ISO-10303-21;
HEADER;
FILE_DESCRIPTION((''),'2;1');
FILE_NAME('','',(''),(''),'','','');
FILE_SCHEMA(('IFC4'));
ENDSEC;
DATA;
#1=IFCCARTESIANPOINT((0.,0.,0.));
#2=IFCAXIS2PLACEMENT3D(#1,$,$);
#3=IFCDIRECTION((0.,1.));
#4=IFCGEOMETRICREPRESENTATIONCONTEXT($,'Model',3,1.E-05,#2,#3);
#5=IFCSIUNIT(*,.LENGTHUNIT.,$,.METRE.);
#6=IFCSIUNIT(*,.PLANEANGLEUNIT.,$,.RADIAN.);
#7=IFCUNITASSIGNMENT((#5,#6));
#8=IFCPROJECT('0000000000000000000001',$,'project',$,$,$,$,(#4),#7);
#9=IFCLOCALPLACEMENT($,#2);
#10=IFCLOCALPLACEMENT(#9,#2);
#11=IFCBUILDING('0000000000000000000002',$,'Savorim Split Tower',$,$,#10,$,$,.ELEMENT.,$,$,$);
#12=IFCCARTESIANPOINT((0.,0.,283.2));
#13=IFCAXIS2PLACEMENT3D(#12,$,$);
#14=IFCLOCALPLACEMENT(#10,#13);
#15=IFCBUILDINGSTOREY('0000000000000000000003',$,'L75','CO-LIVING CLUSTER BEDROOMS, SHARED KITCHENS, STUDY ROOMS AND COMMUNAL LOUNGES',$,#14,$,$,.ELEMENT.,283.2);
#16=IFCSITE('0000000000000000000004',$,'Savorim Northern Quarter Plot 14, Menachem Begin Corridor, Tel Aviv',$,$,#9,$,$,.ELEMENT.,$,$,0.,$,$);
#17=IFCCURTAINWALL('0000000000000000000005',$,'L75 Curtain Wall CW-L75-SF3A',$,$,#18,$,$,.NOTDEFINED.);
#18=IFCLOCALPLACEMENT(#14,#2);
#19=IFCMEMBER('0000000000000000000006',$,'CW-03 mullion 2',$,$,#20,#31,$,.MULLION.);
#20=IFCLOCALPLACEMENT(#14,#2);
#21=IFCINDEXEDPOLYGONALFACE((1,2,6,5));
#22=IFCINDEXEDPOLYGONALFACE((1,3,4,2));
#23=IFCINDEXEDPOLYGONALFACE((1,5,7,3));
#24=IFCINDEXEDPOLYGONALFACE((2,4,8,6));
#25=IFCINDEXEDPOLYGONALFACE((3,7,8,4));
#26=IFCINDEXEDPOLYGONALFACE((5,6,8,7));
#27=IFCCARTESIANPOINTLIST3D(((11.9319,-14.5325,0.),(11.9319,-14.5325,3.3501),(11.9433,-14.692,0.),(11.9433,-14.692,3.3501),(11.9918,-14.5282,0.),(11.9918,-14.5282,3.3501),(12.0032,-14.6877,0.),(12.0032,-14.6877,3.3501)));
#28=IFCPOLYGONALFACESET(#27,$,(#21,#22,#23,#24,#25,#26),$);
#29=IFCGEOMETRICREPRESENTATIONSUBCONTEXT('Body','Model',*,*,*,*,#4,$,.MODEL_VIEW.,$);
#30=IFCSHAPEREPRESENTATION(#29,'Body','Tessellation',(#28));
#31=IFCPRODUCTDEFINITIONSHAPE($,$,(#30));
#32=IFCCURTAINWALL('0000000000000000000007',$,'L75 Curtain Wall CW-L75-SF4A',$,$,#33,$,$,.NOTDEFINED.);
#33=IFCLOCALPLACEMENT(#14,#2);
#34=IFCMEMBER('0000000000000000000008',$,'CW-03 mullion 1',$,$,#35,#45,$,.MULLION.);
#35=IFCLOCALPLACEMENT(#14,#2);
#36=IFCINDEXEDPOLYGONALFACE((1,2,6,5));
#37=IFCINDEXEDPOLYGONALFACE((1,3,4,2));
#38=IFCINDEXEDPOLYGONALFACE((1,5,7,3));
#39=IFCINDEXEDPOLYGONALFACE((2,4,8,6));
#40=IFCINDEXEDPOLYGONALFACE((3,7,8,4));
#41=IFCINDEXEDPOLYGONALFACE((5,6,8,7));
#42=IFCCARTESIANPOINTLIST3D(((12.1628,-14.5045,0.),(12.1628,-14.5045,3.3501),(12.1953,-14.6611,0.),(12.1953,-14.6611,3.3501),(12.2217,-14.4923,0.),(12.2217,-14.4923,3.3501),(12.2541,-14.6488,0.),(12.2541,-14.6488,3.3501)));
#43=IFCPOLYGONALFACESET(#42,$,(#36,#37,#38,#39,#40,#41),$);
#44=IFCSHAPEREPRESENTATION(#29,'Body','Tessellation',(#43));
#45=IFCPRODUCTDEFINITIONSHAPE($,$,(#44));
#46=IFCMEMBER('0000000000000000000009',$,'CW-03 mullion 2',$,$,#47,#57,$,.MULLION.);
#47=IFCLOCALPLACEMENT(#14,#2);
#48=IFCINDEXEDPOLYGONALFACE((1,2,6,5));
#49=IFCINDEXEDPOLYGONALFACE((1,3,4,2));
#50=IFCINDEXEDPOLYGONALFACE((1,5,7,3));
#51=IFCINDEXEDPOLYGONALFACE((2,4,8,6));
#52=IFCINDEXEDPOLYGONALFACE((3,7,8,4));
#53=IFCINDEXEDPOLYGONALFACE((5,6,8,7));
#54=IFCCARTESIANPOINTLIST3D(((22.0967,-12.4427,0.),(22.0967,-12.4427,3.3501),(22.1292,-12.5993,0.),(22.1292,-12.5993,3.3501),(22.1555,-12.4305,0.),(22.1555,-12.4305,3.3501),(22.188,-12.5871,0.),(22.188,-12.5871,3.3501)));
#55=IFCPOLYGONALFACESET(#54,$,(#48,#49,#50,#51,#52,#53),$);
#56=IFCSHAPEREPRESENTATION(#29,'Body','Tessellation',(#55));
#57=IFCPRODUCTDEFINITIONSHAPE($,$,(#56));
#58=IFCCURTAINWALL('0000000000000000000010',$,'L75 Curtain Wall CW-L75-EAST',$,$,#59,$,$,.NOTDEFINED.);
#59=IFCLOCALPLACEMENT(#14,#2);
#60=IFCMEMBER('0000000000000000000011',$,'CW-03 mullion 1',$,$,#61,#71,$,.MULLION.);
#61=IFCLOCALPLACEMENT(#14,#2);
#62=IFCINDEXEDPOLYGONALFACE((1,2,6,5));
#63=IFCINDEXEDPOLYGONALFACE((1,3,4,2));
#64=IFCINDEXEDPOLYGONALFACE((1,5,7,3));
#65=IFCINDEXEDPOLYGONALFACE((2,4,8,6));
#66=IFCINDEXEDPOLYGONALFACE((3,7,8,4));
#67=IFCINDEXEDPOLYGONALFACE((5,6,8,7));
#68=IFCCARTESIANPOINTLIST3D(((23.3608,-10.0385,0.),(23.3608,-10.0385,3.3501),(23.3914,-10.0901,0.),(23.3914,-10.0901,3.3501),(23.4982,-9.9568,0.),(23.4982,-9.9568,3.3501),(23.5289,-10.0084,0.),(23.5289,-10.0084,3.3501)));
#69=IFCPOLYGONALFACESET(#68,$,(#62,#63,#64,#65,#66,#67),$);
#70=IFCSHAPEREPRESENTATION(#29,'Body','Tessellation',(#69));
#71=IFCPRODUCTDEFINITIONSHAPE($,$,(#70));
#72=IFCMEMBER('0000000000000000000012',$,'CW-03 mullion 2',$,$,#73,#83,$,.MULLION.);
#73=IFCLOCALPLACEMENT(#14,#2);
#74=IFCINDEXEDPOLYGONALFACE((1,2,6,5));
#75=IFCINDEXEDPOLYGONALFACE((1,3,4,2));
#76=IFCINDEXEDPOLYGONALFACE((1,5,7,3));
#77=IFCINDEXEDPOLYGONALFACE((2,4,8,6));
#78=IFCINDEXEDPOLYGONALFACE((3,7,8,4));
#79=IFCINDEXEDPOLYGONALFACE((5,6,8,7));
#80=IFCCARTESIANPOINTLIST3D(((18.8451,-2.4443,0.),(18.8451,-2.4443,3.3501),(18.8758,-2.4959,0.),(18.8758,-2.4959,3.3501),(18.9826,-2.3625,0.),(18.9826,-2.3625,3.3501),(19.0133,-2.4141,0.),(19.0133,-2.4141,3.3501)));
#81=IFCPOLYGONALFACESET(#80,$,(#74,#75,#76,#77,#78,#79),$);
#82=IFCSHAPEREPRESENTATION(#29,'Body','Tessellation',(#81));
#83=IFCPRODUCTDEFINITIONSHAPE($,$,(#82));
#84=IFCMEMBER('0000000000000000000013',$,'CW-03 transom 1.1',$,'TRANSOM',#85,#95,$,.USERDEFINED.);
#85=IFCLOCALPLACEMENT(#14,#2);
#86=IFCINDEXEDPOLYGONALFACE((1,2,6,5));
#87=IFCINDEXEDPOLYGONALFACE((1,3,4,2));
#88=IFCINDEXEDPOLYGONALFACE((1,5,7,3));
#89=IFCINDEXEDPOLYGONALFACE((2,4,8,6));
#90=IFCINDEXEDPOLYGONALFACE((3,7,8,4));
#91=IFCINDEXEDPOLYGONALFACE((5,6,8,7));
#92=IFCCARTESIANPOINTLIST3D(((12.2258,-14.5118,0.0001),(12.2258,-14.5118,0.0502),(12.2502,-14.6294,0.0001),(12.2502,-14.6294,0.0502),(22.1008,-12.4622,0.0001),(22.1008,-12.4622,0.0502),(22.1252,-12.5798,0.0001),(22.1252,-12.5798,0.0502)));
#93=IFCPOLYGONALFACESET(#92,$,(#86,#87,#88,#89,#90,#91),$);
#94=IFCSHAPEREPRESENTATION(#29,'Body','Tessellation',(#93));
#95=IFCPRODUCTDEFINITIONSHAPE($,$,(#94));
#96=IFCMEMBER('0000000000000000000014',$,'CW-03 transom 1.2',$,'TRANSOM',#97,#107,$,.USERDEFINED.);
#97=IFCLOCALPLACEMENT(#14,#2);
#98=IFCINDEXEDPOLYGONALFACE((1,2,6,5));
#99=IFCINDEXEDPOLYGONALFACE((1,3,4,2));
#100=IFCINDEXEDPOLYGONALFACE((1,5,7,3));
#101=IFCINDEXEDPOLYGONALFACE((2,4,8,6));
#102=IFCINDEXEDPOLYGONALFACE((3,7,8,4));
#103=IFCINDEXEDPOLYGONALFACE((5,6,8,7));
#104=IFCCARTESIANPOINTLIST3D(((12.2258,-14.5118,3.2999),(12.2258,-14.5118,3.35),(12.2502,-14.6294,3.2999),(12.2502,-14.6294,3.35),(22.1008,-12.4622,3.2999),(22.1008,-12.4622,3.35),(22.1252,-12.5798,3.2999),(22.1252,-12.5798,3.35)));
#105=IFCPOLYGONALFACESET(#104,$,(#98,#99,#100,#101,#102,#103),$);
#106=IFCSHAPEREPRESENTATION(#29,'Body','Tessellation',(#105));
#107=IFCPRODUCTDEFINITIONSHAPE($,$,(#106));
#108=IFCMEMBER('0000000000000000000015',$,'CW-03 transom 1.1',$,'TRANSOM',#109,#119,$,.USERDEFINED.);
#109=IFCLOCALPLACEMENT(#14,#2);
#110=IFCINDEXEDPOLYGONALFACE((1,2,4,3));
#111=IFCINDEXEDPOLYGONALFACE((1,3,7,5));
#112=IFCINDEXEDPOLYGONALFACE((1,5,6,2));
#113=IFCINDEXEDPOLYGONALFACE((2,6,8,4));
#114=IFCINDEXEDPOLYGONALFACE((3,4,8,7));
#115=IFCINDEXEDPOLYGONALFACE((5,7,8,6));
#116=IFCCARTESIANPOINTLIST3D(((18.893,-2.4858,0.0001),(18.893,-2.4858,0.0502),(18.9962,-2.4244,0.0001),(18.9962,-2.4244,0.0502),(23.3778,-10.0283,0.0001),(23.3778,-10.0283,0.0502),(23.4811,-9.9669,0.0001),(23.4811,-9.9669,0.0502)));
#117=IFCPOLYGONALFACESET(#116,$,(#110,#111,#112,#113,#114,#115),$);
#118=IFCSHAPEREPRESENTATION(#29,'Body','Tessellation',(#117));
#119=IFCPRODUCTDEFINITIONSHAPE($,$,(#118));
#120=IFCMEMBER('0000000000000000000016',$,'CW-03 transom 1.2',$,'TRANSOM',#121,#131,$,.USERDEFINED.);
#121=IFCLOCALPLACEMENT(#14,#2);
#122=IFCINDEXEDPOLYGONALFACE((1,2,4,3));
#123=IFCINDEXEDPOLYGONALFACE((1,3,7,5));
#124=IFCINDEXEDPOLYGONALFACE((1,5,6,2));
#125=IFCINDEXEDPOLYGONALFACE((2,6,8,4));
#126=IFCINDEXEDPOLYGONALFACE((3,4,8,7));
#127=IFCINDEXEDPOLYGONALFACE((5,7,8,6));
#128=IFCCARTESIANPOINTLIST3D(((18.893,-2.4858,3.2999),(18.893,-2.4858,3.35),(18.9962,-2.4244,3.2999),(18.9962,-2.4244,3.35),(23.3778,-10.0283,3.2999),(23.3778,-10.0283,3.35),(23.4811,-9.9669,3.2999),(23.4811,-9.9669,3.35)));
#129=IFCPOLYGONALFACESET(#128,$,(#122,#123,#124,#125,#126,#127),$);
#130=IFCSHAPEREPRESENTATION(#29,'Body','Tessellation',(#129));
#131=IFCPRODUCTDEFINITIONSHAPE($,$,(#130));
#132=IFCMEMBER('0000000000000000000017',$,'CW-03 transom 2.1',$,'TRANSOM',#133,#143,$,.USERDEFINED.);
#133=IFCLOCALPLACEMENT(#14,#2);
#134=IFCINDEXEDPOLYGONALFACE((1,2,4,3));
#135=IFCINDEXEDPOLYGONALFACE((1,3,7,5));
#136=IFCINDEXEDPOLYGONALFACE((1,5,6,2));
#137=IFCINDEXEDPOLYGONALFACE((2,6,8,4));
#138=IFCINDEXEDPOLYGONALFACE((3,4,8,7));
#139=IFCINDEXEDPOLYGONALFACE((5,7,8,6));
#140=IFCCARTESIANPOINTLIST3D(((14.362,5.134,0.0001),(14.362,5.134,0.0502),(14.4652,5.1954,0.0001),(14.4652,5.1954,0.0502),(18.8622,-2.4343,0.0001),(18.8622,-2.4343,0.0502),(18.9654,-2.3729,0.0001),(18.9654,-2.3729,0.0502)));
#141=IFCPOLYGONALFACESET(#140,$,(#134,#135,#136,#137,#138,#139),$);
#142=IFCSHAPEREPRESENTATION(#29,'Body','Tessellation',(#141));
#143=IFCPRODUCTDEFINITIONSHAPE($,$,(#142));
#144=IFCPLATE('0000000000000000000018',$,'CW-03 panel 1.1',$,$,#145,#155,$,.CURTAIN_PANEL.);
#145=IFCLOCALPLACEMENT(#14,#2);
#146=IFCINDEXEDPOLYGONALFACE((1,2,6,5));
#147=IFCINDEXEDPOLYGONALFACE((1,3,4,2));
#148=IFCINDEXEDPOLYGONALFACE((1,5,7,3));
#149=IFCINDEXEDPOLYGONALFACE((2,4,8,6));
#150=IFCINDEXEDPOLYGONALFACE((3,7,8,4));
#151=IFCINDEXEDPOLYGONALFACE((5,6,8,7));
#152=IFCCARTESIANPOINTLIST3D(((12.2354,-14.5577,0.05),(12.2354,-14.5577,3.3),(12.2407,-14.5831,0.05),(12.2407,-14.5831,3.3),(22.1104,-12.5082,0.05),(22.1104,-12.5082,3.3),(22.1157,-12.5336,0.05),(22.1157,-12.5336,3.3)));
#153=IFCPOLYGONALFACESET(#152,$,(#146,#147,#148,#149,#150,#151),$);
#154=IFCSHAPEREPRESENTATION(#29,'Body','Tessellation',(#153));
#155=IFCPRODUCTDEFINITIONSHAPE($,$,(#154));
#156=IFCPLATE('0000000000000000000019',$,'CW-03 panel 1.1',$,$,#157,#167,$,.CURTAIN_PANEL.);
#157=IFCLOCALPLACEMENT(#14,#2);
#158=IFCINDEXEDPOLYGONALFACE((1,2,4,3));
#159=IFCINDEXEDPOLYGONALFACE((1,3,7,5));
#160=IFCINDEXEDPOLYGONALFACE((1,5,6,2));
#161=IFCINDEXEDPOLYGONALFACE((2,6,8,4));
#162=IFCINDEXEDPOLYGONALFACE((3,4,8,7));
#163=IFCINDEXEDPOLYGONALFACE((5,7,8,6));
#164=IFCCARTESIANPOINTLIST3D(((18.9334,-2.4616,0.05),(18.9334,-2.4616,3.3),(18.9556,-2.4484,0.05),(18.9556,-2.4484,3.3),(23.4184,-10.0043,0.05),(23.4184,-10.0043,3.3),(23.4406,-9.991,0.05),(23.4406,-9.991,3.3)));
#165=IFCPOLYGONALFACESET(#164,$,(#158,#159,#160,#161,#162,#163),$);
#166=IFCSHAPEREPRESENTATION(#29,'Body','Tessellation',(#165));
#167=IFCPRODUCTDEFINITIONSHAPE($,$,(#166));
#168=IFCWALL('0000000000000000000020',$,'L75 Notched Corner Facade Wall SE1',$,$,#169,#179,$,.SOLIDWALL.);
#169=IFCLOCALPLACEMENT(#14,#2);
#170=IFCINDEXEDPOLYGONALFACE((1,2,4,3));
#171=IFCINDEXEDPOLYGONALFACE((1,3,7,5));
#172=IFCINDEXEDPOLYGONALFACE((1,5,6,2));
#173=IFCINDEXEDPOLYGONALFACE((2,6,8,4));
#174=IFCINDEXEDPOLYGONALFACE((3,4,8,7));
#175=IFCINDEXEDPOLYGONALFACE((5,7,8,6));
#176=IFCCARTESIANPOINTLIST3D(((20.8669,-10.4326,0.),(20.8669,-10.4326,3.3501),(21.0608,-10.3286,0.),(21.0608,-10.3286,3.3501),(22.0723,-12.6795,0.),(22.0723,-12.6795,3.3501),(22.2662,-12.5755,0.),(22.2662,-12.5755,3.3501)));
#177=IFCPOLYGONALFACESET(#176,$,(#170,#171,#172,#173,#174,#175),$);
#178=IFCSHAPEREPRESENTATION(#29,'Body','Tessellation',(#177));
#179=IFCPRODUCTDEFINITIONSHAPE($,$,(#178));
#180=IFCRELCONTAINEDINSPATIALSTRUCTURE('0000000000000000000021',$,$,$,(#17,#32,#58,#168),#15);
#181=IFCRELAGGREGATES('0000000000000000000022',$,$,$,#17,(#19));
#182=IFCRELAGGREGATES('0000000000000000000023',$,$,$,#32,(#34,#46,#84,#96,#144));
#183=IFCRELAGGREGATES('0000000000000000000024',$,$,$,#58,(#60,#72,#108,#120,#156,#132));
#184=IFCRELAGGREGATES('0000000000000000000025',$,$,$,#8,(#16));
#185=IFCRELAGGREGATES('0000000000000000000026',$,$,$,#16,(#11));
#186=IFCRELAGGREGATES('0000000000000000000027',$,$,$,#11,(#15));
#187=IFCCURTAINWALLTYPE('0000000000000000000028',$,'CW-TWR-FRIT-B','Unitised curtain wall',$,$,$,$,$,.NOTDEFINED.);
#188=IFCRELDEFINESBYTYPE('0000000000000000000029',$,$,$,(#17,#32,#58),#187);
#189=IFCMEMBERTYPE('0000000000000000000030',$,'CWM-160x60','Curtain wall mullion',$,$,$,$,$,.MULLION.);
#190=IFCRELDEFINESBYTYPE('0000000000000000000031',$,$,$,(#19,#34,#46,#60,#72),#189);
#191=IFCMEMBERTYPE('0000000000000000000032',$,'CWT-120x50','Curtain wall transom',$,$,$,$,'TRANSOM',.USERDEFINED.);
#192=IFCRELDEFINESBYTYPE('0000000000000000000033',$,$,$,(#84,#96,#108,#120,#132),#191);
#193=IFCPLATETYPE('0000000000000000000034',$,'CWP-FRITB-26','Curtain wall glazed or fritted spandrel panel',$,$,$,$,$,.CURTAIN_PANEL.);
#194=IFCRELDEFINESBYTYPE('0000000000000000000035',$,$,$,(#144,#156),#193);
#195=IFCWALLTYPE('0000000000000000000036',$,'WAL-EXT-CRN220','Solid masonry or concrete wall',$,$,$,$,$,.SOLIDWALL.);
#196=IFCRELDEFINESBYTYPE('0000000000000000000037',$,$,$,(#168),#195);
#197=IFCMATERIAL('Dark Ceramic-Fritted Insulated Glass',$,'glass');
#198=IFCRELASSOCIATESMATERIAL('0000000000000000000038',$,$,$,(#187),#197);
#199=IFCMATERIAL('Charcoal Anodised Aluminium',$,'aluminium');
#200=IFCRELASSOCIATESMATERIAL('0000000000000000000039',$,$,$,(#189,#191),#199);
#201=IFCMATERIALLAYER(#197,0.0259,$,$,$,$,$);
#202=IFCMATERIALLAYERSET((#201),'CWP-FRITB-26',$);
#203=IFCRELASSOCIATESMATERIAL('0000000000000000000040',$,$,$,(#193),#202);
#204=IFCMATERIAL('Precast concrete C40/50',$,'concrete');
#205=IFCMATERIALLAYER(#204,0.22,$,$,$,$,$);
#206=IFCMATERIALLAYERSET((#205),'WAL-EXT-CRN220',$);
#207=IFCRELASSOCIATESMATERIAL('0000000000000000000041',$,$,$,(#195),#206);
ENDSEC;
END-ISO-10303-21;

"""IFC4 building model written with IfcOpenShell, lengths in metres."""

from ifc_helpers import new_model, si_unit, direction, frame, frame_2d, origin, origin_2d, place, context, subcontext, project, spatial, rectangle, extrude, material, layer, layer_set, material_profile, profile_set, type_object, element, aggregate, save


model = new_model("IFC4")

# Units and contexts
model_context = context("Model", 3, precision=1e-05, world=origin(), true_north=direction((0.0, 1.0)))
body_context = subcontext(model_context, "Body", "Model", "MODEL_VIEW")
ifc_project = project(units=[si_unit("LENGTHUNIT", "METRE"), si_unit("PLANEANGLEUNIT", "RADIAN")], contexts=[model_context])

# Site, building, storey
site_placement = place(None, origin())
site = spatial("IfcSite", under=ifc_project, at=site_placement, Name="Savorim Northern Quarter Plot 14, Menachem Begin Corridor, Tel Aviv", CompositionType="ELEMENT", RefElevation=0.0)
building_placement = place(site_placement, origin())
building = spatial("IfcBuilding", under=site, at=building_placement, Name="Savorim Split Tower", CompositionType="ELEMENT")
storey_placement = place(building_placement, frame((0.0, 0.0, 283.2)))
storey = spatial("IfcBuildingStorey", under=building, at=storey_placement, Name="L75", Description="CO-LIVING CLUSTER BEDROOMS, SHARED KITCHENS, STUDY ROOMS AND COMMUNAL LOUNGES", CompositionType="ELEMENT", Elevation=283.2)

# Curtain wall, member
ifc_material_1 = material(Name="Dark Ceramic-Fritted Insulated Glass", Category="glass")
curtain_wall_type = type_object("IfcCurtainWallType", Name="CW-TWR-FRIT-B", Description="Unitised curtain wall", PredefinedType="NOTDEFINED", material=ifc_material_1)
curtain_wall_1_placement = place(storey_placement, origin())
curtain_wall_1 = element("IfcCurtainWall", 1, at=curtain_wall_1_placement, inside=storey, type_object=curtain_wall_type, Name="L75 Curtain Wall CW-L75-SF3A", PredefinedType="NOTDEFINED")
ifc_material_2 = material(Name="Charcoal Anodised Aluminium", Category="aluminium")
ifc_material_profile_1 = material_profile(ifc_material_2, rectangle(XDim=0.1599, YDim=0.0601, at=origin_2d()), Name="ALU-M 160x60")
ifc_profile_set_1 = profile_set([ifc_material_profile_1], Name="Charcoal Anodised Aluminium")
member_type_1 = type_object("IfcMemberType", Name="CWM-160x60", Description="Curtain wall mullion", PredefinedType="MULLION", material=ifc_profile_set_1)
member_1_placement = place(storey_placement, frame((11.9675, -14.6101, 0.0), z_axis=(0.0, 0.0, 1.0), x_axis=(-0.07155, 0.997437, 0.0)))
member_1 = element("IfcMember", 2, at=member_1_placement, type_object=member_type_1, Name="CW-03 mullion 2", PredefinedType="MULLION", context=body_context, shape_type="SweptSolid", body=[
    extrude(rectangle(XDim=0.1599, YDim=0.0601, at=origin_2d()), origin(), (0.0, 0.0, 1.0), 3.3501),
])
aggregate(curtain_wall_1, [member_1])

# Curtain walls, members
curtain_wall_2_placement = place(storey_placement, origin())
curtain_wall_2 = element("IfcCurtainWall", 3, at=curtain_wall_2_placement, inside=storey, type_object=curtain_wall_type, Name="L75 Curtain Wall CW-L75-SF4A", PredefinedType="NOTDEFINED")
member_2_placement = place(storey_placement, frame((12.2085, -14.5767, 0.0), z_axis=(0.0, 0.0, 1.0), x_axis=(-0.203215, 0.979134, 0.0)))
member_2 = element("IfcMember", 4, at=member_2_placement, type_object=member_type_1, Name="CW-03 mullion 1", PredefinedType="MULLION", context=body_context, shape_type="SweptSolid", body=[
    extrude(rectangle(XDim=0.1599, YDim=0.0601, at=origin_2d()), origin(), (0.0, 0.0, 1.0), 3.3501),
])
member_3_placement = place(storey_placement, frame((22.1423, -12.5149, 0.0), z_axis=(0.0, 0.0, 1.0), x_axis=(-0.203215, 0.979134, 0.0)))
member_3 = element("IfcMember", 5, at=member_3_placement, type_object=member_type_1, Name="CW-03 mullion 2", PredefinedType="MULLION", context=body_context, shape_type="SweptSolid", body=[
    extrude(rectangle(XDim=0.1599, YDim=0.0601, at=origin_2d()), origin(), (0.0, 0.0, 1.0), 3.3501),
])
curtain_wall_3_placement = place(storey_placement, origin())
curtain_wall_3 = element("IfcCurtainWall", 6, at=curtain_wall_3_placement, inside=storey, type_object=curtain_wall_type, Name="L75 Curtain Wall CW-L75-EAST", PredefinedType="NOTDEFINED")
member_4_placement = place(storey_placement, frame((23.4448, -10.0234, 0.0), z_axis=(0.0, 0.0, 1.0), x_axis=(-0.859526, -0.511092, 0.0)))
member_4 = element("IfcMember", 7, at=member_4_placement, type_object=member_type_1, Name="CW-03 mullion 1", PredefinedType="MULLION", context=body_context, shape_type="SweptSolid", body=[
    extrude(rectangle(XDim=0.1599, YDim=0.0601, at=origin_2d()), origin(), (0.0, 0.0, 1.0), 3.3501),
])
member_5_placement = place(storey_placement, frame((18.9292, -2.4292, 0.0), z_axis=(0.0, 0.0, 1.0), x_axis=(-0.859526, -0.511092, 0.0)))
member_5 = element("IfcMember", 8, at=member_5_placement, type_object=member_type_1, Name="CW-03 mullion 2", PredefinedType="MULLION", context=body_context, shape_type="SweptSolid", body=[
    extrude(rectangle(XDim=0.1599, YDim=0.0601, at=origin_2d()), origin(), (0.0, 0.0, 1.0), 3.3501),
])

# Members
ifc_material_profile_2 = material_profile(ifc_material_2, rectangle(XDim=0.1201, YDim=0.05, at=origin_2d()), Name="ALU-T 120x50")
ifc_profile_set_2 = profile_set([ifc_material_profile_2], Name="Charcoal Anodised Aluminium")
member_type_2 = type_object("IfcMemberType", Name="CWT-120x50", Description="Curtain wall transom", ElementType="TRANSOM", PredefinedType="USERDEFINED", material=ifc_profile_set_2)
member_6_placement = place(storey_placement, frame((12.238, -14.5706, 0.0251), z_axis=(0.979133, 0.20322, 0.0), x_axis=(-0.20322, 0.979133, 0.0)))
member_6 = element("IfcMember", 9, at=member_6_placement, type_object=member_type_2, Name="CW-03 transom 1.1", ObjectType="TRANSOM", PredefinedType="USERDEFINED", context=body_context, shape_type="SweptSolid", body=[
    extrude(rectangle(XDim=0.1201, YDim=0.05, at=origin_2d()), origin(), (0.0, 0.0, 1.0), 10.0854),
])
member_7_placement = place(storey_placement, frame((12.238, -14.5706, 3.325), z_axis=(0.979133, 0.20322, 0.0), x_axis=(-0.20322, 0.979133, 0.0)))
member_7 = element("IfcMember", 10, at=member_7_placement, type_object=member_type_2, Name="CW-03 transom 1.2", ObjectType="TRANSOM", PredefinedType="USERDEFINED", context=body_context, shape_type="SweptSolid", body=[
    extrude(rectangle(XDim=0.1201, YDim=0.05, at=origin_2d()), origin(), (0.0, 0.0, 1.0), 10.0854),
])
member_8_placement = place(storey_placement, frame((23.4294, -9.9976, 0.0251), z_axis=(-0.511088, 0.859529, 0.0), x_axis=(-0.859529, -0.511088, 0.0)))
member_8 = element("IfcMember", 11, at=member_8_placement, type_object=member_type_2, Name="CW-03 transom 1.1", ObjectType="TRANSOM", PredefinedType="USERDEFINED", context=body_context, shape_type="SweptSolid", body=[
    extrude(rectangle(XDim=0.1201, YDim=0.05, at=origin_2d()), origin(), (0.0, 0.0, 1.0), 8.7751),
])
member_9_placement = place(storey_placement, frame((23.4294, -9.9976, 3.325), z_axis=(-0.511088, 0.859529, 0.0), x_axis=(-0.859529, -0.511088, 0.0)))
member_9 = element("IfcMember", 12, at=member_9_placement, type_object=member_type_2, Name="CW-03 transom 1.2", ObjectType="TRANSOM", PredefinedType="USERDEFINED", context=body_context, shape_type="SweptSolid", body=[
    extrude(rectangle(XDim=0.1201, YDim=0.05, at=origin_2d()), origin(), (0.0, 0.0, 1.0), 8.7751),
])
member_10_placement = place(storey_placement, frame((18.9138, -2.4036, 0.0251), z_axis=(-0.511087, 0.859529, 0.0), x_axis=(-0.859529, -0.511087, 0.0)))
member_10 = element("IfcMember", 13, at=member_10_placement, type_object=member_type_2, Name="CW-03 transom 2.1", ObjectType="TRANSOM", PredefinedType="USERDEFINED", context=body_context, shape_type="SweptSolid", body=[
    extrude(rectangle(XDim=0.1201, YDim=0.05, at=origin_2d()), origin(), (0.0, 0.0, 1.0), 8.8052),
])

# Plates
ifc_layer_1 = layer(ifc_material_1, 0.0259)
ifc_layer_set_1 = layer_set([ifc_layer_1], Name="CWP-FRITB-26")
plate_type = type_object("IfcPlateType", Name="CWP-FRITB-26", Description="Curtain wall glazed or fritted spandrel panel", PredefinedType="CURTAIN_PANEL", material=ifc_layer_set_1)
plate_1_placement = place(storey_placement, frame((17.1755, -13.5457, 0.05), z_axis=(0.0, 0.0, 1.0), x_axis=(0.979134, 0.203215, 0.0)))
plate_1 = element("IfcPlate", 14, at=plate_1_placement, type_object=plate_type, Name="CW-03 panel 1.1", PredefinedType="CURTAIN_PANEL", context=body_context, shape_type="SweptSolid", body=[
    extrude(rectangle(XDim=10.0854, YDim=0.0259, at=origin_2d()), origin(), (0.0, 0.0, 1.0), 3.25),
])
aggregate(curtain_wall_2, [member_2, member_3, member_6, member_7, plate_1])
plate_2_placement = place(storey_placement, frame((21.187, -6.2263, 0.05), z_axis=(0.0, 0.0, 1.0), x_axis=(-0.511092, 0.859526, 0.0)))
plate_2 = element("IfcPlate", 15, at=plate_2_placement, type_object=plate_type, Name="CW-03 panel 1.1", PredefinedType="CURTAIN_PANEL", context=body_context, shape_type="SweptSolid", body=[
    extrude(rectangle(XDim=8.7754, YDim=0.0259, at=origin_2d()), origin(), (0.0, 0.0, 1.0), 3.25),
])
aggregate(curtain_wall_3, [member_4, member_5, member_8, member_9, plate_2, member_10])

# Wall
ifc_material_3 = material(Name="Precast concrete C40/50", Category="concrete")
ifc_layer_2 = layer(ifc_material_3, 0.22)
ifc_layer_set_2 = layer_set([ifc_layer_2], Name="WAL-EXT-CRN220")
wall_type = type_object("IfcWallType", Name="WAL-EXT-CRN220", Description="Solid masonry or concrete wall", PredefinedType="SOLIDWALL", material=ifc_layer_set_2)
wall_1_placement = place(storey_placement, frame((20.9639, -10.3806, 0.0), z_axis=(0.0, 0.0, 1.0), x_axis=(0.472729, -0.881208, 0.0)))
element("IfcWall", 16, at=wall_1_placement, inside=storey, type_object=wall_type, Name="L75 Notched Corner Facade Wall SE1", PredefinedType="SOLIDWALL", context=body_context, shape_type="SweptSolid", body=[
    extrude(rectangle(XDim=2.5498, YDim=0.22, at=frame_2d((1.2749, 0.0))), origin(), (0.0, 0.0, 1.0), 3.3501),
])

save(model, "model.ifc")
